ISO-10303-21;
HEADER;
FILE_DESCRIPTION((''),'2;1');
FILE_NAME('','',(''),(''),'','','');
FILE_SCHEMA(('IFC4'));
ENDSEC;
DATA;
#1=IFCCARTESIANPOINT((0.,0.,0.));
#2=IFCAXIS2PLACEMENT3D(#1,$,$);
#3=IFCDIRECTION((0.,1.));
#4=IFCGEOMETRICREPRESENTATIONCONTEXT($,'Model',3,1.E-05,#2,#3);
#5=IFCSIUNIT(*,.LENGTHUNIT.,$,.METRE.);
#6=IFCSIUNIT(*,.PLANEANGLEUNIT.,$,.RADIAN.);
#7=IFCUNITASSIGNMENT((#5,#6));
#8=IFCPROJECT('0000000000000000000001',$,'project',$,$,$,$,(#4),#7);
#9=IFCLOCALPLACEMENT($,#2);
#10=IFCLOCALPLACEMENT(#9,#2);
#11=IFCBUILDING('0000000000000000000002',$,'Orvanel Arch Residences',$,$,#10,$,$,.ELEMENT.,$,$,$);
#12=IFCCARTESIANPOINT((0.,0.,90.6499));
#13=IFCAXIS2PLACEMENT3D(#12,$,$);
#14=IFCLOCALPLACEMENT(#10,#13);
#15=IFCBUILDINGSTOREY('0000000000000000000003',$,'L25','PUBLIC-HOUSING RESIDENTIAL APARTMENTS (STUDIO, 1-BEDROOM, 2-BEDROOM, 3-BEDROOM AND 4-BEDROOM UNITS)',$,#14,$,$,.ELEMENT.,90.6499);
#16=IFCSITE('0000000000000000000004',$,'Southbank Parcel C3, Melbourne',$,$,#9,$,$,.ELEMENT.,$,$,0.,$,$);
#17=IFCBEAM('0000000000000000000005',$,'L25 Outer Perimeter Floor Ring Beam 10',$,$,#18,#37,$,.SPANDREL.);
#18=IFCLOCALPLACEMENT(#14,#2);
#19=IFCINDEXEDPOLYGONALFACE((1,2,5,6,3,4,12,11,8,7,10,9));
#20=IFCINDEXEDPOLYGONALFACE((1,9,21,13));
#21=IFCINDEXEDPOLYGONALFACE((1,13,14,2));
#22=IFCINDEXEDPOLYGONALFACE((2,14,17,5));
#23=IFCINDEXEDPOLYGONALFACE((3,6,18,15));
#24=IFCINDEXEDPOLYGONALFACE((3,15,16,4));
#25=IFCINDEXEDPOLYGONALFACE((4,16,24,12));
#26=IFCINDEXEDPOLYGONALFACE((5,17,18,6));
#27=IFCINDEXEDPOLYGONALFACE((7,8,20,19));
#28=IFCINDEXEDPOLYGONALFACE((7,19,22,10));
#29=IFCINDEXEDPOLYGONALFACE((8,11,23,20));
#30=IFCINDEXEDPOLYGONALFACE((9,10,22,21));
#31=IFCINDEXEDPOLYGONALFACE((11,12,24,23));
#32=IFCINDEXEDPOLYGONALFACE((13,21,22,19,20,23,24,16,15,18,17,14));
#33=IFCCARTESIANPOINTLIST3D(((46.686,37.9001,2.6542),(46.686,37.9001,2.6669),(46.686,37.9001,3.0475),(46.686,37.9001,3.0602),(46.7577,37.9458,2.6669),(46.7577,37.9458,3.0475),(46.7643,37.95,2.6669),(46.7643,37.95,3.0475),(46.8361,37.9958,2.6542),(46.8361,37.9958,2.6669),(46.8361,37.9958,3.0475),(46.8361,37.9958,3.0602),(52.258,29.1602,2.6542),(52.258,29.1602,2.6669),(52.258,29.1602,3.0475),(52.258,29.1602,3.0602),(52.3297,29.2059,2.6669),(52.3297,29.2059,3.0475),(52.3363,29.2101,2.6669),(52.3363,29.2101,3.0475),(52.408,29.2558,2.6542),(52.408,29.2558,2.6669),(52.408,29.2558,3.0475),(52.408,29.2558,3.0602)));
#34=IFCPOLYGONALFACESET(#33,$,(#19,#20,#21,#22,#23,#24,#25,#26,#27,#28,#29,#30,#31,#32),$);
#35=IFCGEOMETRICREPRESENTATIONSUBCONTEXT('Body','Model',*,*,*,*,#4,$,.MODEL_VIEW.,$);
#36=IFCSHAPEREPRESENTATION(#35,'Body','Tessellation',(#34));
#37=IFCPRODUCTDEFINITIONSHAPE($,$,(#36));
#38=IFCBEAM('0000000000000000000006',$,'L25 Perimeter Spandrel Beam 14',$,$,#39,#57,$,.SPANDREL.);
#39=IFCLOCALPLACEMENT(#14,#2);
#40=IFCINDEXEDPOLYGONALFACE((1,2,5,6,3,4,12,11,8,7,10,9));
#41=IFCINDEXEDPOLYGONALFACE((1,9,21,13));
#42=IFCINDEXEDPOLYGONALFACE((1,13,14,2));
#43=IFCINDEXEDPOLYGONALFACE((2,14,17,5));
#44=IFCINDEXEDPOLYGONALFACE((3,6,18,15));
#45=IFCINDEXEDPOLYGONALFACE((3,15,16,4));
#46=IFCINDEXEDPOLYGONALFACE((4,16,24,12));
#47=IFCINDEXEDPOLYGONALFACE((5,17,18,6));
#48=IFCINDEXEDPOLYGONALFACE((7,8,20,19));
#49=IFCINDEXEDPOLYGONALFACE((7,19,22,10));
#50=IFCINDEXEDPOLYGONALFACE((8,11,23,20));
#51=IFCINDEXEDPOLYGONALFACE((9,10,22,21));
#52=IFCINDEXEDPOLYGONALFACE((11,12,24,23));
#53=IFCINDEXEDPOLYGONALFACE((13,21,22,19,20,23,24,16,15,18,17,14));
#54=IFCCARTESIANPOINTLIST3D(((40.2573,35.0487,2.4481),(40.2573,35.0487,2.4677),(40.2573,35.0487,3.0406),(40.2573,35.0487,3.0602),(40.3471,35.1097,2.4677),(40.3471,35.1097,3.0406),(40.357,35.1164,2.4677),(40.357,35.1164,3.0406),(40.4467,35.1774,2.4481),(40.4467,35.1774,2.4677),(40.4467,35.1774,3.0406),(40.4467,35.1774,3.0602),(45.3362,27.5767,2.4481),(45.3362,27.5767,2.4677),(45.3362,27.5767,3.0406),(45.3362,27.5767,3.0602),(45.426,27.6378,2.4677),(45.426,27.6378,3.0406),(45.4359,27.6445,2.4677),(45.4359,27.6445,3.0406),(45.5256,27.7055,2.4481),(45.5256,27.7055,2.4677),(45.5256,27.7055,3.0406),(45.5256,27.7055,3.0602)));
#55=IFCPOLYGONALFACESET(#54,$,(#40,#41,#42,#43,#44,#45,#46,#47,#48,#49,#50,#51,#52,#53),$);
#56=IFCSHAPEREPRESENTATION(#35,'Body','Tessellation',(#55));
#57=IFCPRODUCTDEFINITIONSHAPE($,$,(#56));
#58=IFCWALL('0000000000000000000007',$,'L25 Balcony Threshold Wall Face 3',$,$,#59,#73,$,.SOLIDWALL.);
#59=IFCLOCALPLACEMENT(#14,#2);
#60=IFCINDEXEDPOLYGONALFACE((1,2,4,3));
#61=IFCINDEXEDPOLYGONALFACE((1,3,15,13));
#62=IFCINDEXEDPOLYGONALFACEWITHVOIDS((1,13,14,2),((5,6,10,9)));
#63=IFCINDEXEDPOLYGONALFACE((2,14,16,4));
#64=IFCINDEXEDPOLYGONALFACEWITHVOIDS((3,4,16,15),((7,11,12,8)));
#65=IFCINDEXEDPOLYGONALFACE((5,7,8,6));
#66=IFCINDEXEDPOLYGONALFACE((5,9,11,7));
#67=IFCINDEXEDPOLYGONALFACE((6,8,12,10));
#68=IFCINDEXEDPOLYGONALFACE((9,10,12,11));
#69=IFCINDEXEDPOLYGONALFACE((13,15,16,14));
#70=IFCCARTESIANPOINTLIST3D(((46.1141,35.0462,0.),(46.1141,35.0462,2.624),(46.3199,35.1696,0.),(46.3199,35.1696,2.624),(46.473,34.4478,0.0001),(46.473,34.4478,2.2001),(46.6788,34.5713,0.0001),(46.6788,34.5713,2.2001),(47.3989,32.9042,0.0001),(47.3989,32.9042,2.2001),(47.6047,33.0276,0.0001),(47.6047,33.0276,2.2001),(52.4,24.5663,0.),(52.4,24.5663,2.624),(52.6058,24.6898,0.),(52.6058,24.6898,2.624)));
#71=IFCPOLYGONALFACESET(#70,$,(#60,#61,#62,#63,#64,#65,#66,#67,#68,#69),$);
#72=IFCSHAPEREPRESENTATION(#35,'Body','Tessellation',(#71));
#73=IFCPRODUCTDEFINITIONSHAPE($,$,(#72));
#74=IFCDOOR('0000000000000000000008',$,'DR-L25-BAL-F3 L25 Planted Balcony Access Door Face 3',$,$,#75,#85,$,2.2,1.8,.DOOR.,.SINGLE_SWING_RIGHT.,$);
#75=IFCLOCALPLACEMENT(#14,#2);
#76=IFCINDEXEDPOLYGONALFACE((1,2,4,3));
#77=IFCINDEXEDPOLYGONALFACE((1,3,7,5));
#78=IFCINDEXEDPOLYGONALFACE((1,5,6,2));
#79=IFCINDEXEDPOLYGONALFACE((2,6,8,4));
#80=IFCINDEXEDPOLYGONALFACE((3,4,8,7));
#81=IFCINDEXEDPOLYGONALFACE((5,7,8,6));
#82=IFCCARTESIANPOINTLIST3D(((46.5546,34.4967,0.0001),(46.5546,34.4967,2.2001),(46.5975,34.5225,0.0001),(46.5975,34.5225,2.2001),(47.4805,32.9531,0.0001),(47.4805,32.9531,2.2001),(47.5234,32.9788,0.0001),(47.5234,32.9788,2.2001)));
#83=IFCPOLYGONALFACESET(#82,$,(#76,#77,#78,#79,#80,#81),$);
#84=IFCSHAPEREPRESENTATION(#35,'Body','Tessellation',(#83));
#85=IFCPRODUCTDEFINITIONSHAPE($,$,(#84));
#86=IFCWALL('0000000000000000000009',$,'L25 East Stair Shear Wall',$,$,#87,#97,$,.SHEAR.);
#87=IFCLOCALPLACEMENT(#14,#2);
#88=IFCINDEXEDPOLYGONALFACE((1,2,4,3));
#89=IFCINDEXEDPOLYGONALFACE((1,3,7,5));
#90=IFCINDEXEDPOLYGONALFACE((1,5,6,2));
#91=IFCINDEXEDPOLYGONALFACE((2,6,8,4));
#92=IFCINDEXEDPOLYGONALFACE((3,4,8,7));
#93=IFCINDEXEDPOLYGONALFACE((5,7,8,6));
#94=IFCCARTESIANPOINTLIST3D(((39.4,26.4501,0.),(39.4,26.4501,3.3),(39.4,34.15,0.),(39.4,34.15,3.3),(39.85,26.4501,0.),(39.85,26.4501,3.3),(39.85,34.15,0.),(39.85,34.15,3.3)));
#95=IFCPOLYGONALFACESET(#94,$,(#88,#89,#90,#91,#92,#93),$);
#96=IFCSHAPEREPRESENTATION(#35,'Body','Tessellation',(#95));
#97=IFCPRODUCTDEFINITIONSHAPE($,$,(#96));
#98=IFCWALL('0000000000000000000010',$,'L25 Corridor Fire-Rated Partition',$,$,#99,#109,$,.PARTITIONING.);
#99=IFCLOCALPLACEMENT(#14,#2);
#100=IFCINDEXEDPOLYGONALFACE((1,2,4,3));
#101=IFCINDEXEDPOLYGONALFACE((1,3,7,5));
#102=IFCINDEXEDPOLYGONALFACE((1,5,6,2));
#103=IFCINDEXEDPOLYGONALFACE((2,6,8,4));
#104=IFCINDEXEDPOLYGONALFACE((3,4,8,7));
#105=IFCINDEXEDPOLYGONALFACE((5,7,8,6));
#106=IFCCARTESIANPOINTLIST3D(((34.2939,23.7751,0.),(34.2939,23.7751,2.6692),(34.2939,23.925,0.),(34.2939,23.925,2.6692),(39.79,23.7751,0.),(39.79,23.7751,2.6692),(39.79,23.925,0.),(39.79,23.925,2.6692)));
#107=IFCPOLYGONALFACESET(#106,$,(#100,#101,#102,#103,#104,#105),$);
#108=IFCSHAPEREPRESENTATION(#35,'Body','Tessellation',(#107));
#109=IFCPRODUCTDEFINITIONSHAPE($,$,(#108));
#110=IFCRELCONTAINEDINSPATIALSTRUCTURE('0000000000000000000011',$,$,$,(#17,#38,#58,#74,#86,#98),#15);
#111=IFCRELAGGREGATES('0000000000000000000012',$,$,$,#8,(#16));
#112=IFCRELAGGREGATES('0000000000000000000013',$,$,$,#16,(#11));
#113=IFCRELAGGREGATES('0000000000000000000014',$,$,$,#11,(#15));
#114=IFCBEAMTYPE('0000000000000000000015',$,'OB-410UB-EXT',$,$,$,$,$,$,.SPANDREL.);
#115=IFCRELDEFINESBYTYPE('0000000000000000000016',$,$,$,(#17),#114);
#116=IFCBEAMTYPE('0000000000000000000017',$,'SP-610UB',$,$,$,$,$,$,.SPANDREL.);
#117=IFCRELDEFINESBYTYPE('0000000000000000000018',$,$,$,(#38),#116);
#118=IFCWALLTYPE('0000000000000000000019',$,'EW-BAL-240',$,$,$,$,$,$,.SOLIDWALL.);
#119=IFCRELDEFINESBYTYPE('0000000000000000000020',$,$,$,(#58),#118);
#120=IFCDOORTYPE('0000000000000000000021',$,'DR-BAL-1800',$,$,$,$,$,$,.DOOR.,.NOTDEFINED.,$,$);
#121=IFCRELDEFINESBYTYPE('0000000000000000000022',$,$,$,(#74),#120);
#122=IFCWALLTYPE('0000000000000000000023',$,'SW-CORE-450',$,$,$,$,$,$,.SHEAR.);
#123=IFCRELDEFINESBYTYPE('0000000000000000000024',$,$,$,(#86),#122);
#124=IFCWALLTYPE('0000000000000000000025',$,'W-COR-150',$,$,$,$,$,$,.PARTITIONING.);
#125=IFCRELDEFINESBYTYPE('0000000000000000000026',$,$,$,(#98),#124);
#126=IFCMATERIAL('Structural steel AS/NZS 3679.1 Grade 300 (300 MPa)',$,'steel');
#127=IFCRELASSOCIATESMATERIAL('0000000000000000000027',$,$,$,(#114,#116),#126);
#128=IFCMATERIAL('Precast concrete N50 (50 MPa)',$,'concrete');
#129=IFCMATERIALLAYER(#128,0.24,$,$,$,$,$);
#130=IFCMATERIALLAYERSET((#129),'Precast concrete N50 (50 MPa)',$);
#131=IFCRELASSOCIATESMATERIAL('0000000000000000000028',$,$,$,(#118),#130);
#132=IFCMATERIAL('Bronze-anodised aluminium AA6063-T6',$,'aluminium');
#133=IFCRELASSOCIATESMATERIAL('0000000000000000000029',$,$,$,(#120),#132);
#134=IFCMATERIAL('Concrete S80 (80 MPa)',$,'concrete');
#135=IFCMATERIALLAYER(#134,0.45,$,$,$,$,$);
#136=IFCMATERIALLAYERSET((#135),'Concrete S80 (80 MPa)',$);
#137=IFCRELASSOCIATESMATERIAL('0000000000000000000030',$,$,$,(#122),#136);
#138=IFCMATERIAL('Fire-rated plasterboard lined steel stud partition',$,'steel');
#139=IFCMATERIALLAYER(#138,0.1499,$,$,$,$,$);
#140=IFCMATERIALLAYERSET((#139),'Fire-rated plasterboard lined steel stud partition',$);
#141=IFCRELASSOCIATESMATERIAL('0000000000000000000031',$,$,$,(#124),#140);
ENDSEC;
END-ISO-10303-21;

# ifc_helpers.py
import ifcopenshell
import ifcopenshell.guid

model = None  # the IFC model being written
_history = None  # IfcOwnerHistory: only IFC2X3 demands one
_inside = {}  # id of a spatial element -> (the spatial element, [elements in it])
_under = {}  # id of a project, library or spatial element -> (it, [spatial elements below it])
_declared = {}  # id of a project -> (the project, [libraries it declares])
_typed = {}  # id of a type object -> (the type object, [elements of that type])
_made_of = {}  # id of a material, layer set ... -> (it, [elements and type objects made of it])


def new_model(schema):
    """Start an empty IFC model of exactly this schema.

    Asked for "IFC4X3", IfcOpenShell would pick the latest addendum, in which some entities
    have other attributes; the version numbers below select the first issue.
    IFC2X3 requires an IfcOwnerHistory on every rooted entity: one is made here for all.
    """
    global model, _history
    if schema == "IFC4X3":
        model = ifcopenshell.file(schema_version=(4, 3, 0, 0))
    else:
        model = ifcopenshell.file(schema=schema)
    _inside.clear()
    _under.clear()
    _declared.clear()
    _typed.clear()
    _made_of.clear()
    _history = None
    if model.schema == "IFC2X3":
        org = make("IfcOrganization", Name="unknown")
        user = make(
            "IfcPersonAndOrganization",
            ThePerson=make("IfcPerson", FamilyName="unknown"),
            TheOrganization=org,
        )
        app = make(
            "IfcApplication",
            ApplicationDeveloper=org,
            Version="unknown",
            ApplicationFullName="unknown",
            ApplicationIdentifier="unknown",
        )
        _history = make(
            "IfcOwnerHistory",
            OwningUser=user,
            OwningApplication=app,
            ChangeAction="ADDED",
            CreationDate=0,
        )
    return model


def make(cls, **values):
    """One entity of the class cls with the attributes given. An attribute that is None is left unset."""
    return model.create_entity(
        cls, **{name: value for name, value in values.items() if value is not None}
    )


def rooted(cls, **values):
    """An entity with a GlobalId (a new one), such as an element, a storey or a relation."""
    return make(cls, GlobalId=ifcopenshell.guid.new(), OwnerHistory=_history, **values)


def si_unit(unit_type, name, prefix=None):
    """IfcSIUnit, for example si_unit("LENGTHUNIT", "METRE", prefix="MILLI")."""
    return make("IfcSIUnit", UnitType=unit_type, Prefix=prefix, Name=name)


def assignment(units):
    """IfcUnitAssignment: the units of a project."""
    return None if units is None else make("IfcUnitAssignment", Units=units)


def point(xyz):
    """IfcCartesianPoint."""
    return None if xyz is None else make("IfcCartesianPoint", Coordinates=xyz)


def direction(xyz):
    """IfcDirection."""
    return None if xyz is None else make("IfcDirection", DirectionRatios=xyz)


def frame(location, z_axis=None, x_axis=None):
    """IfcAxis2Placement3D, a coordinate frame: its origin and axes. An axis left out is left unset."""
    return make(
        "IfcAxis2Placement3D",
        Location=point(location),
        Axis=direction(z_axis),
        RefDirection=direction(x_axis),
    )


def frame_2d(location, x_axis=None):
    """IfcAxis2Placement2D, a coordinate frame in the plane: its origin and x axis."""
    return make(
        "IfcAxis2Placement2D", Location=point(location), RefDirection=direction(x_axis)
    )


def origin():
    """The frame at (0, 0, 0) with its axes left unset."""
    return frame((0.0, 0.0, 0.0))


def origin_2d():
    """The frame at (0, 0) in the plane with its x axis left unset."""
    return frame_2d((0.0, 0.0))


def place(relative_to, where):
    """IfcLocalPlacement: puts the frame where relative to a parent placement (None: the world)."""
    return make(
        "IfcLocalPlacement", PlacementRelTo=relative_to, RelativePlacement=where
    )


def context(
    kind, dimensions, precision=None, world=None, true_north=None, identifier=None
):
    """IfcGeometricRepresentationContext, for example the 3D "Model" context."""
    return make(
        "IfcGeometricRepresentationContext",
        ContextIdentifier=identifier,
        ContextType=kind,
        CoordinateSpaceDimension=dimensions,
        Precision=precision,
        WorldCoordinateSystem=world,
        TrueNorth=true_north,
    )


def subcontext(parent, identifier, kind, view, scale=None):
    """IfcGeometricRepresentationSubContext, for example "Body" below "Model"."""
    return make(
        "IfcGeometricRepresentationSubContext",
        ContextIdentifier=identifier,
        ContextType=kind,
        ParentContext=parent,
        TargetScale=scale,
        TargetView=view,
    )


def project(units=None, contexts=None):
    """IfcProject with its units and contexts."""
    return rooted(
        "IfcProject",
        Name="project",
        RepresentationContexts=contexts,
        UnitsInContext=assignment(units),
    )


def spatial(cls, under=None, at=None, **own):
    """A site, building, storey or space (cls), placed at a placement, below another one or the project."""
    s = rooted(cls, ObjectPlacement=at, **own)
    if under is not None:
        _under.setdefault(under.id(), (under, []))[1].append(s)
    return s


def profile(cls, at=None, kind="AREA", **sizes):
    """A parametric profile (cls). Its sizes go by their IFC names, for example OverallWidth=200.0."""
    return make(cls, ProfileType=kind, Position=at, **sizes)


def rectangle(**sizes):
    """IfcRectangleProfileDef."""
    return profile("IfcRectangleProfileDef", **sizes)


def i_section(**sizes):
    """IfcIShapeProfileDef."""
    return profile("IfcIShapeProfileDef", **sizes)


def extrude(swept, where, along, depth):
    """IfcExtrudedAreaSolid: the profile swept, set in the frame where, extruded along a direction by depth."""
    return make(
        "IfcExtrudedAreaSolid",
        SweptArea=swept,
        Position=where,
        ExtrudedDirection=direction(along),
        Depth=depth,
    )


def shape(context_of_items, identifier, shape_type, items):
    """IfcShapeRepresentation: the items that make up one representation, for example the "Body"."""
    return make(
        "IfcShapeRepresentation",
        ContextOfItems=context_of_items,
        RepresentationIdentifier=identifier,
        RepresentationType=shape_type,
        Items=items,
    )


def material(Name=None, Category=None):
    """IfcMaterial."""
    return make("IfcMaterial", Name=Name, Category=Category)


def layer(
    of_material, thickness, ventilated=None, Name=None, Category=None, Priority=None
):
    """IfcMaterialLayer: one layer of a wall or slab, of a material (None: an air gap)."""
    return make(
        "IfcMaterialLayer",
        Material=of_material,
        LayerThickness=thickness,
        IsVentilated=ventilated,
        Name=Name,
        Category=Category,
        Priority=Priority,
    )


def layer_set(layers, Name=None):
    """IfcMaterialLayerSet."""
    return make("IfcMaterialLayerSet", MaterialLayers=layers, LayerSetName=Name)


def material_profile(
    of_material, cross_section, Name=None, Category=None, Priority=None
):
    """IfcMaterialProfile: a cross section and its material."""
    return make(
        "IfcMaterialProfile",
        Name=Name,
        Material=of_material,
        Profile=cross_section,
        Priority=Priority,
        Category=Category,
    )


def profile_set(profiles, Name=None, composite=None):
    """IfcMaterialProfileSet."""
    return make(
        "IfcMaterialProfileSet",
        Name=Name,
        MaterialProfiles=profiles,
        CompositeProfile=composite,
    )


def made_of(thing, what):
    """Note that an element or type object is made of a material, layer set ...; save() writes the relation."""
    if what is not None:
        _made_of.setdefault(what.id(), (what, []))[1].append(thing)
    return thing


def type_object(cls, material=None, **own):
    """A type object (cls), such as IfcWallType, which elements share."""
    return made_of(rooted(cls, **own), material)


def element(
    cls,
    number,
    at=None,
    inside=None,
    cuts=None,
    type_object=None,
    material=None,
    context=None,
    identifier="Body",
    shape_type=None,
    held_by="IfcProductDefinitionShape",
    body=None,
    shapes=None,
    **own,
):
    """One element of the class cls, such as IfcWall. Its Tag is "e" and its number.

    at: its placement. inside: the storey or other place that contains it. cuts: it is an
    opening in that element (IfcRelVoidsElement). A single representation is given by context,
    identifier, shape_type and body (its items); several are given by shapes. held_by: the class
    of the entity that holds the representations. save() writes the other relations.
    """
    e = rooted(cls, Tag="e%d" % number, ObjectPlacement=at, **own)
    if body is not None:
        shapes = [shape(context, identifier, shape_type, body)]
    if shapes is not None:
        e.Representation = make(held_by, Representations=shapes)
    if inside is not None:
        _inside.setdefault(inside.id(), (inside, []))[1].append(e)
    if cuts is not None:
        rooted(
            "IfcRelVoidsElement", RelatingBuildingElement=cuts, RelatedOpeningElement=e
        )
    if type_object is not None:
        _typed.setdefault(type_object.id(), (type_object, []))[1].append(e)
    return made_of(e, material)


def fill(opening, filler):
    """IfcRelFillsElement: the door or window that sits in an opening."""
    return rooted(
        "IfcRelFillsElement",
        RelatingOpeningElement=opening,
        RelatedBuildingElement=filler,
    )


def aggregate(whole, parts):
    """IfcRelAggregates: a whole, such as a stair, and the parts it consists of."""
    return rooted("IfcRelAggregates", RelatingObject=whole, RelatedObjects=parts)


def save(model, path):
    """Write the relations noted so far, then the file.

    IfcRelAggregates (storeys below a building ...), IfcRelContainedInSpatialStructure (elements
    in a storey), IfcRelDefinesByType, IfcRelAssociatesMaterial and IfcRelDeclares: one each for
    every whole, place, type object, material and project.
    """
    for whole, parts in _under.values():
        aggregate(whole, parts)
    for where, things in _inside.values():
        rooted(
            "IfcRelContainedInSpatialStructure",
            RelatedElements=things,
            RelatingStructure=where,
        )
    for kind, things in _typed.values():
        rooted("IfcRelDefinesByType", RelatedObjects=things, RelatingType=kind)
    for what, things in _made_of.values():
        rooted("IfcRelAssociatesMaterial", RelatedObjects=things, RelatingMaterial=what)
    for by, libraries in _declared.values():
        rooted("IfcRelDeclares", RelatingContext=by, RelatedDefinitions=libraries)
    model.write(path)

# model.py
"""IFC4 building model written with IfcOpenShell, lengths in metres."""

from ifc_helpers import new_model, si_unit, direction, frame, frame_2d, origin, origin_2d, place, context, subcontext, project, spatial, rectangle, i_section, extrude, material, layer, layer_set, material_profile, profile_set, type_object, element, fill, save


model = new_model("IFC4")

# Units and contexts
model_context = context("Model", 3, precision=1e-05, world=origin(), true_north=direction((0.0, 1.0)))
body_context = subcontext(model_context, "Body", "Model", "MODEL_VIEW")
ifc_project = project(units=[si_unit("LENGTHUNIT", "METRE"), si_unit("PLANEANGLEUNIT", "RADIAN")], contexts=[model_context])

# Site, building, storey
site_placement = place(None, origin())
site = spatial("IfcSite", under=ifc_project, at=site_placement, Name="Southbank Parcel C3, Melbourne", CompositionType="ELEMENT", RefElevation=0.0)
building_placement = place(site_placement, origin())
building = spatial("IfcBuilding", under=site, at=building_placement, Name="Orvanel Arch Residences", CompositionType="ELEMENT")
storey_placement = place(building_placement, frame((0.0, 0.0, 90.6499)))
storey = spatial("IfcBuildingStorey", under=building, at=storey_placement, Name="L25", Description="PUBLIC-HOUSING RESIDENTIAL APARTMENTS (STUDIO, 1-BEDROOM, 2-BEDROOM, 3-BEDROOM AND 4-BEDROOM UNITS)", CompositionType="ELEMENT", Elevation=90.6499)

# Shared definitions
ifc_material_1 = material(Name="Structural steel AS/NZS 3679.1 Grade 300 (300 MPa)", Category="steel")

# Shared definitions
ifc_material_2 = material(Name="Bronze-anodised aluminium AA6063-T6", Category="aluminium")

# Beams
ifc_material_profile_1 = material_profile(ifc_material_1, i_section(OverallWidth=0.178, OverallDepth=0.406, WebThickness=0.0078, FlangeThickness=0.0127, at=origin_2d()), Name="410UB59.7")
ifc_profile_set_1 = profile_set([ifc_material_profile_1], Name="Structural steel AS/NZS 3679.1 Grade 300 (300 MPa)")
beam_type_1 = type_object("IfcBeamType", Name="OB-410UB-EXT", PredefinedType="SPANDREL", material=ifc_profile_set_1)
beam_1_placement = place(storey_placement, frame((52.333, 29.208, 2.8572), z_axis=(-0.537576, 0.843215, 0.0), x_axis=(-0.843215, -0.537576, 0.0)))
element("IfcBeam", 1, at=beam_1_placement, inside=storey, type_object=beam_type_1, Name="L25 Outer Perimeter Floor Ring Beam 10", PredefinedType="SPANDREL", context=body_context, shape_type="SweptSolid", body=[
    extrude(i_section(OverallWidth=0.178, OverallDepth=0.406, WebThickness=0.0078, FlangeThickness=0.0127, at=origin_2d()), origin(), (0.0, 0.0, 1.0), 10.365),
])
ifc_material_profile_2 = material_profile(ifc_material_1, i_section(OverallWidth=0.229, OverallDepth=0.6121, WebThickness=0.012, FlangeThickness=0.0195, at=origin_2d()), Name="610UB125")
ifc_profile_set_2 = profile_set([ifc_material_profile_2], Name="Structural steel AS/NZS 3679.1 Grade 300 (300 MPa)")
beam_type_2 = type_object("IfcBeamType", Name="SP-610UB", PredefinedType="SPANDREL", material=ifc_profile_set_2)
beam_2_placement = place(storey_placement, frame((45.4309, 27.6411, 2.7542), z_axis=(-0.562155, 0.827032, 0.0), x_axis=(-0.827032, -0.562155, 0.0)))
element("IfcBeam", 2, at=beam_2_placement, inside=storey, type_object=beam_type_2, Name="L25 Perimeter Spandrel Beam 14", PredefinedType="SPANDREL", context=body_context, shape_type="SweptSolid", body=[
    extrude(i_section(OverallWidth=0.229, OverallDepth=0.6121, WebThickness=0.012, FlangeThickness=0.0195, at=origin_2d()), origin(), (0.0, 0.0, 1.0), 9.0347),
])

# Wall, opening, door
ifc_material_3 = material(Name="Precast concrete N50 (50 MPa)", Category="concrete")
ifc_layer_1 = layer(ifc_material_3, 0.24)
ifc_layer_set_1 = layer_set([ifc_layer_1], Name="Precast concrete N50 (50 MPa)")
wall_type_1 = type_object("IfcWallType", Name="EW-BAL-240", PredefinedType="SOLIDWALL", material=ifc_layer_set_1)
wall_1_placement = place(storey_placement, frame((52.5029, 24.6279, 0.0), z_axis=(0.0, 0.0, 1.0), x_axis=(-0.514369, 0.857569, 0.0)))
wall_1 = element("IfcWall", 3, at=wall_1_placement, inside=storey, type_object=wall_type_1, Name="L25 Balcony Threshold Wall Face 3", PredefinedType="SOLIDWALL", context=body_context, shape_type="SweptSolid", body=[
    extrude(rectangle(XDim=12.2205, YDim=0.24, at=frame_2d((6.1104, 0.0))), origin(), (0.0, 0.0, 1.0), 2.624),
])
opening_placement = place(wall_1_placement, frame((9.7229, 0.0, 0.0)))
opening = element("IfcOpeningElement", 4, at=opening_placement, cuts=wall_1, PredefinedType="OPENING", context=body_context, shape_type="SweptSolid", body=[
    extrude(rectangle(XDim=1.8, YDim=2.2, at=frame_2d((0.8999, 1.1001))), frame((0.0, 0.1299, 0.0), z_axis=(0.0, -1.0, 0.0), x_axis=(1.0, 0.0, 0.0)), (0.0, 0.0, 1.0), 0.26),
])
door_type = type_object("IfcDoorType", Name="DR-BAL-1800", OperationType="NOTDEFINED", PredefinedType="DOOR", material=ifc_material_2)
door_placement = place(opening_placement, origin())
door = element("IfcDoor", 5, at=door_placement, inside=storey, type_object=door_type, Name="DR-L25-BAL-F3 L25 Planted Balcony Access Door Face 3", OperationType="SINGLE_SWING_RIGHT", OverallHeight=2.2, OverallWidth=1.8, PredefinedType="DOOR", context=body_context, shape_type="SweptSolid", body=[
    extrude(rectangle(XDim=1.8, YDim=2.2, at=frame_2d((0.8999, 1.1001))), frame((0.0, 0.0249, 0.0), z_axis=(0.0, -1.0, 0.0), x_axis=(1.0, 0.0, 0.0)), (0.0, 0.0, 1.0), 0.05),
])
fill(opening, door)

# Walls
ifc_material_4 = material(Name="Concrete S80 (80 MPa)", Category="concrete")
ifc_layer_2 = layer(ifc_material_4, 0.45)
ifc_layer_set_2 = layer_set([ifc_layer_2], Name="Concrete S80 (80 MPa)")
wall_type_2 = type_object("IfcWallType", Name="SW-CORE-450", PredefinedType="SHEAR", material=ifc_layer_set_2)
wall_2_placement = place(storey_placement, frame((39.625, 26.45, 0.0), z_axis=(0.0, 0.0, 1.0), x_axis=(0.0, 1.0, 0.0)))
element("IfcWall", 6, at=wall_2_placement, inside=storey, type_object=wall_type_2, Name="L25 East Stair Shear Wall", PredefinedType="SHEAR", context=body_context, shape_type="SweptSolid", body=[
    extrude(rectangle(XDim=7.7, YDim=0.45, at=frame_2d((3.8501, 0.0))), origin(), (0.0, 0.0, 1.0), 3.3),
])
ifc_material_5 = material(Name="Fire-rated plasterboard lined steel stud partition", Category="steel")
ifc_layer_3 = layer(ifc_material_5, 0.1499)
ifc_layer_set_3 = layer_set([ifc_layer_3], Name="Fire-rated plasterboard lined steel stud partition")
wall_type_3 = type_object("IfcWallType", Name="W-COR-150", PredefinedType="PARTITIONING", material=ifc_layer_set_3)
wall_3_placement = place(storey_placement, frame((39.79, 23.8501, 0.0), z_axis=(0.0, 0.0, 1.0), x_axis=(-1.0, 0.0, 0.0)))
element("IfcWall", 7, at=wall_3_placement, inside=storey, type_object=wall_type_3, Name="L25 Corridor Fire-Rated Partition", PredefinedType="PARTITIONING", context=body_context, shape_type="SweptSolid", body=[
    extrude(rectangle(XDim=5.4961, YDim=0.1499, at=frame_2d((2.748, 0.0))), origin(), (0.0, 0.0, 1.0), 2.6692),
])

save(model, "model.ifc")
